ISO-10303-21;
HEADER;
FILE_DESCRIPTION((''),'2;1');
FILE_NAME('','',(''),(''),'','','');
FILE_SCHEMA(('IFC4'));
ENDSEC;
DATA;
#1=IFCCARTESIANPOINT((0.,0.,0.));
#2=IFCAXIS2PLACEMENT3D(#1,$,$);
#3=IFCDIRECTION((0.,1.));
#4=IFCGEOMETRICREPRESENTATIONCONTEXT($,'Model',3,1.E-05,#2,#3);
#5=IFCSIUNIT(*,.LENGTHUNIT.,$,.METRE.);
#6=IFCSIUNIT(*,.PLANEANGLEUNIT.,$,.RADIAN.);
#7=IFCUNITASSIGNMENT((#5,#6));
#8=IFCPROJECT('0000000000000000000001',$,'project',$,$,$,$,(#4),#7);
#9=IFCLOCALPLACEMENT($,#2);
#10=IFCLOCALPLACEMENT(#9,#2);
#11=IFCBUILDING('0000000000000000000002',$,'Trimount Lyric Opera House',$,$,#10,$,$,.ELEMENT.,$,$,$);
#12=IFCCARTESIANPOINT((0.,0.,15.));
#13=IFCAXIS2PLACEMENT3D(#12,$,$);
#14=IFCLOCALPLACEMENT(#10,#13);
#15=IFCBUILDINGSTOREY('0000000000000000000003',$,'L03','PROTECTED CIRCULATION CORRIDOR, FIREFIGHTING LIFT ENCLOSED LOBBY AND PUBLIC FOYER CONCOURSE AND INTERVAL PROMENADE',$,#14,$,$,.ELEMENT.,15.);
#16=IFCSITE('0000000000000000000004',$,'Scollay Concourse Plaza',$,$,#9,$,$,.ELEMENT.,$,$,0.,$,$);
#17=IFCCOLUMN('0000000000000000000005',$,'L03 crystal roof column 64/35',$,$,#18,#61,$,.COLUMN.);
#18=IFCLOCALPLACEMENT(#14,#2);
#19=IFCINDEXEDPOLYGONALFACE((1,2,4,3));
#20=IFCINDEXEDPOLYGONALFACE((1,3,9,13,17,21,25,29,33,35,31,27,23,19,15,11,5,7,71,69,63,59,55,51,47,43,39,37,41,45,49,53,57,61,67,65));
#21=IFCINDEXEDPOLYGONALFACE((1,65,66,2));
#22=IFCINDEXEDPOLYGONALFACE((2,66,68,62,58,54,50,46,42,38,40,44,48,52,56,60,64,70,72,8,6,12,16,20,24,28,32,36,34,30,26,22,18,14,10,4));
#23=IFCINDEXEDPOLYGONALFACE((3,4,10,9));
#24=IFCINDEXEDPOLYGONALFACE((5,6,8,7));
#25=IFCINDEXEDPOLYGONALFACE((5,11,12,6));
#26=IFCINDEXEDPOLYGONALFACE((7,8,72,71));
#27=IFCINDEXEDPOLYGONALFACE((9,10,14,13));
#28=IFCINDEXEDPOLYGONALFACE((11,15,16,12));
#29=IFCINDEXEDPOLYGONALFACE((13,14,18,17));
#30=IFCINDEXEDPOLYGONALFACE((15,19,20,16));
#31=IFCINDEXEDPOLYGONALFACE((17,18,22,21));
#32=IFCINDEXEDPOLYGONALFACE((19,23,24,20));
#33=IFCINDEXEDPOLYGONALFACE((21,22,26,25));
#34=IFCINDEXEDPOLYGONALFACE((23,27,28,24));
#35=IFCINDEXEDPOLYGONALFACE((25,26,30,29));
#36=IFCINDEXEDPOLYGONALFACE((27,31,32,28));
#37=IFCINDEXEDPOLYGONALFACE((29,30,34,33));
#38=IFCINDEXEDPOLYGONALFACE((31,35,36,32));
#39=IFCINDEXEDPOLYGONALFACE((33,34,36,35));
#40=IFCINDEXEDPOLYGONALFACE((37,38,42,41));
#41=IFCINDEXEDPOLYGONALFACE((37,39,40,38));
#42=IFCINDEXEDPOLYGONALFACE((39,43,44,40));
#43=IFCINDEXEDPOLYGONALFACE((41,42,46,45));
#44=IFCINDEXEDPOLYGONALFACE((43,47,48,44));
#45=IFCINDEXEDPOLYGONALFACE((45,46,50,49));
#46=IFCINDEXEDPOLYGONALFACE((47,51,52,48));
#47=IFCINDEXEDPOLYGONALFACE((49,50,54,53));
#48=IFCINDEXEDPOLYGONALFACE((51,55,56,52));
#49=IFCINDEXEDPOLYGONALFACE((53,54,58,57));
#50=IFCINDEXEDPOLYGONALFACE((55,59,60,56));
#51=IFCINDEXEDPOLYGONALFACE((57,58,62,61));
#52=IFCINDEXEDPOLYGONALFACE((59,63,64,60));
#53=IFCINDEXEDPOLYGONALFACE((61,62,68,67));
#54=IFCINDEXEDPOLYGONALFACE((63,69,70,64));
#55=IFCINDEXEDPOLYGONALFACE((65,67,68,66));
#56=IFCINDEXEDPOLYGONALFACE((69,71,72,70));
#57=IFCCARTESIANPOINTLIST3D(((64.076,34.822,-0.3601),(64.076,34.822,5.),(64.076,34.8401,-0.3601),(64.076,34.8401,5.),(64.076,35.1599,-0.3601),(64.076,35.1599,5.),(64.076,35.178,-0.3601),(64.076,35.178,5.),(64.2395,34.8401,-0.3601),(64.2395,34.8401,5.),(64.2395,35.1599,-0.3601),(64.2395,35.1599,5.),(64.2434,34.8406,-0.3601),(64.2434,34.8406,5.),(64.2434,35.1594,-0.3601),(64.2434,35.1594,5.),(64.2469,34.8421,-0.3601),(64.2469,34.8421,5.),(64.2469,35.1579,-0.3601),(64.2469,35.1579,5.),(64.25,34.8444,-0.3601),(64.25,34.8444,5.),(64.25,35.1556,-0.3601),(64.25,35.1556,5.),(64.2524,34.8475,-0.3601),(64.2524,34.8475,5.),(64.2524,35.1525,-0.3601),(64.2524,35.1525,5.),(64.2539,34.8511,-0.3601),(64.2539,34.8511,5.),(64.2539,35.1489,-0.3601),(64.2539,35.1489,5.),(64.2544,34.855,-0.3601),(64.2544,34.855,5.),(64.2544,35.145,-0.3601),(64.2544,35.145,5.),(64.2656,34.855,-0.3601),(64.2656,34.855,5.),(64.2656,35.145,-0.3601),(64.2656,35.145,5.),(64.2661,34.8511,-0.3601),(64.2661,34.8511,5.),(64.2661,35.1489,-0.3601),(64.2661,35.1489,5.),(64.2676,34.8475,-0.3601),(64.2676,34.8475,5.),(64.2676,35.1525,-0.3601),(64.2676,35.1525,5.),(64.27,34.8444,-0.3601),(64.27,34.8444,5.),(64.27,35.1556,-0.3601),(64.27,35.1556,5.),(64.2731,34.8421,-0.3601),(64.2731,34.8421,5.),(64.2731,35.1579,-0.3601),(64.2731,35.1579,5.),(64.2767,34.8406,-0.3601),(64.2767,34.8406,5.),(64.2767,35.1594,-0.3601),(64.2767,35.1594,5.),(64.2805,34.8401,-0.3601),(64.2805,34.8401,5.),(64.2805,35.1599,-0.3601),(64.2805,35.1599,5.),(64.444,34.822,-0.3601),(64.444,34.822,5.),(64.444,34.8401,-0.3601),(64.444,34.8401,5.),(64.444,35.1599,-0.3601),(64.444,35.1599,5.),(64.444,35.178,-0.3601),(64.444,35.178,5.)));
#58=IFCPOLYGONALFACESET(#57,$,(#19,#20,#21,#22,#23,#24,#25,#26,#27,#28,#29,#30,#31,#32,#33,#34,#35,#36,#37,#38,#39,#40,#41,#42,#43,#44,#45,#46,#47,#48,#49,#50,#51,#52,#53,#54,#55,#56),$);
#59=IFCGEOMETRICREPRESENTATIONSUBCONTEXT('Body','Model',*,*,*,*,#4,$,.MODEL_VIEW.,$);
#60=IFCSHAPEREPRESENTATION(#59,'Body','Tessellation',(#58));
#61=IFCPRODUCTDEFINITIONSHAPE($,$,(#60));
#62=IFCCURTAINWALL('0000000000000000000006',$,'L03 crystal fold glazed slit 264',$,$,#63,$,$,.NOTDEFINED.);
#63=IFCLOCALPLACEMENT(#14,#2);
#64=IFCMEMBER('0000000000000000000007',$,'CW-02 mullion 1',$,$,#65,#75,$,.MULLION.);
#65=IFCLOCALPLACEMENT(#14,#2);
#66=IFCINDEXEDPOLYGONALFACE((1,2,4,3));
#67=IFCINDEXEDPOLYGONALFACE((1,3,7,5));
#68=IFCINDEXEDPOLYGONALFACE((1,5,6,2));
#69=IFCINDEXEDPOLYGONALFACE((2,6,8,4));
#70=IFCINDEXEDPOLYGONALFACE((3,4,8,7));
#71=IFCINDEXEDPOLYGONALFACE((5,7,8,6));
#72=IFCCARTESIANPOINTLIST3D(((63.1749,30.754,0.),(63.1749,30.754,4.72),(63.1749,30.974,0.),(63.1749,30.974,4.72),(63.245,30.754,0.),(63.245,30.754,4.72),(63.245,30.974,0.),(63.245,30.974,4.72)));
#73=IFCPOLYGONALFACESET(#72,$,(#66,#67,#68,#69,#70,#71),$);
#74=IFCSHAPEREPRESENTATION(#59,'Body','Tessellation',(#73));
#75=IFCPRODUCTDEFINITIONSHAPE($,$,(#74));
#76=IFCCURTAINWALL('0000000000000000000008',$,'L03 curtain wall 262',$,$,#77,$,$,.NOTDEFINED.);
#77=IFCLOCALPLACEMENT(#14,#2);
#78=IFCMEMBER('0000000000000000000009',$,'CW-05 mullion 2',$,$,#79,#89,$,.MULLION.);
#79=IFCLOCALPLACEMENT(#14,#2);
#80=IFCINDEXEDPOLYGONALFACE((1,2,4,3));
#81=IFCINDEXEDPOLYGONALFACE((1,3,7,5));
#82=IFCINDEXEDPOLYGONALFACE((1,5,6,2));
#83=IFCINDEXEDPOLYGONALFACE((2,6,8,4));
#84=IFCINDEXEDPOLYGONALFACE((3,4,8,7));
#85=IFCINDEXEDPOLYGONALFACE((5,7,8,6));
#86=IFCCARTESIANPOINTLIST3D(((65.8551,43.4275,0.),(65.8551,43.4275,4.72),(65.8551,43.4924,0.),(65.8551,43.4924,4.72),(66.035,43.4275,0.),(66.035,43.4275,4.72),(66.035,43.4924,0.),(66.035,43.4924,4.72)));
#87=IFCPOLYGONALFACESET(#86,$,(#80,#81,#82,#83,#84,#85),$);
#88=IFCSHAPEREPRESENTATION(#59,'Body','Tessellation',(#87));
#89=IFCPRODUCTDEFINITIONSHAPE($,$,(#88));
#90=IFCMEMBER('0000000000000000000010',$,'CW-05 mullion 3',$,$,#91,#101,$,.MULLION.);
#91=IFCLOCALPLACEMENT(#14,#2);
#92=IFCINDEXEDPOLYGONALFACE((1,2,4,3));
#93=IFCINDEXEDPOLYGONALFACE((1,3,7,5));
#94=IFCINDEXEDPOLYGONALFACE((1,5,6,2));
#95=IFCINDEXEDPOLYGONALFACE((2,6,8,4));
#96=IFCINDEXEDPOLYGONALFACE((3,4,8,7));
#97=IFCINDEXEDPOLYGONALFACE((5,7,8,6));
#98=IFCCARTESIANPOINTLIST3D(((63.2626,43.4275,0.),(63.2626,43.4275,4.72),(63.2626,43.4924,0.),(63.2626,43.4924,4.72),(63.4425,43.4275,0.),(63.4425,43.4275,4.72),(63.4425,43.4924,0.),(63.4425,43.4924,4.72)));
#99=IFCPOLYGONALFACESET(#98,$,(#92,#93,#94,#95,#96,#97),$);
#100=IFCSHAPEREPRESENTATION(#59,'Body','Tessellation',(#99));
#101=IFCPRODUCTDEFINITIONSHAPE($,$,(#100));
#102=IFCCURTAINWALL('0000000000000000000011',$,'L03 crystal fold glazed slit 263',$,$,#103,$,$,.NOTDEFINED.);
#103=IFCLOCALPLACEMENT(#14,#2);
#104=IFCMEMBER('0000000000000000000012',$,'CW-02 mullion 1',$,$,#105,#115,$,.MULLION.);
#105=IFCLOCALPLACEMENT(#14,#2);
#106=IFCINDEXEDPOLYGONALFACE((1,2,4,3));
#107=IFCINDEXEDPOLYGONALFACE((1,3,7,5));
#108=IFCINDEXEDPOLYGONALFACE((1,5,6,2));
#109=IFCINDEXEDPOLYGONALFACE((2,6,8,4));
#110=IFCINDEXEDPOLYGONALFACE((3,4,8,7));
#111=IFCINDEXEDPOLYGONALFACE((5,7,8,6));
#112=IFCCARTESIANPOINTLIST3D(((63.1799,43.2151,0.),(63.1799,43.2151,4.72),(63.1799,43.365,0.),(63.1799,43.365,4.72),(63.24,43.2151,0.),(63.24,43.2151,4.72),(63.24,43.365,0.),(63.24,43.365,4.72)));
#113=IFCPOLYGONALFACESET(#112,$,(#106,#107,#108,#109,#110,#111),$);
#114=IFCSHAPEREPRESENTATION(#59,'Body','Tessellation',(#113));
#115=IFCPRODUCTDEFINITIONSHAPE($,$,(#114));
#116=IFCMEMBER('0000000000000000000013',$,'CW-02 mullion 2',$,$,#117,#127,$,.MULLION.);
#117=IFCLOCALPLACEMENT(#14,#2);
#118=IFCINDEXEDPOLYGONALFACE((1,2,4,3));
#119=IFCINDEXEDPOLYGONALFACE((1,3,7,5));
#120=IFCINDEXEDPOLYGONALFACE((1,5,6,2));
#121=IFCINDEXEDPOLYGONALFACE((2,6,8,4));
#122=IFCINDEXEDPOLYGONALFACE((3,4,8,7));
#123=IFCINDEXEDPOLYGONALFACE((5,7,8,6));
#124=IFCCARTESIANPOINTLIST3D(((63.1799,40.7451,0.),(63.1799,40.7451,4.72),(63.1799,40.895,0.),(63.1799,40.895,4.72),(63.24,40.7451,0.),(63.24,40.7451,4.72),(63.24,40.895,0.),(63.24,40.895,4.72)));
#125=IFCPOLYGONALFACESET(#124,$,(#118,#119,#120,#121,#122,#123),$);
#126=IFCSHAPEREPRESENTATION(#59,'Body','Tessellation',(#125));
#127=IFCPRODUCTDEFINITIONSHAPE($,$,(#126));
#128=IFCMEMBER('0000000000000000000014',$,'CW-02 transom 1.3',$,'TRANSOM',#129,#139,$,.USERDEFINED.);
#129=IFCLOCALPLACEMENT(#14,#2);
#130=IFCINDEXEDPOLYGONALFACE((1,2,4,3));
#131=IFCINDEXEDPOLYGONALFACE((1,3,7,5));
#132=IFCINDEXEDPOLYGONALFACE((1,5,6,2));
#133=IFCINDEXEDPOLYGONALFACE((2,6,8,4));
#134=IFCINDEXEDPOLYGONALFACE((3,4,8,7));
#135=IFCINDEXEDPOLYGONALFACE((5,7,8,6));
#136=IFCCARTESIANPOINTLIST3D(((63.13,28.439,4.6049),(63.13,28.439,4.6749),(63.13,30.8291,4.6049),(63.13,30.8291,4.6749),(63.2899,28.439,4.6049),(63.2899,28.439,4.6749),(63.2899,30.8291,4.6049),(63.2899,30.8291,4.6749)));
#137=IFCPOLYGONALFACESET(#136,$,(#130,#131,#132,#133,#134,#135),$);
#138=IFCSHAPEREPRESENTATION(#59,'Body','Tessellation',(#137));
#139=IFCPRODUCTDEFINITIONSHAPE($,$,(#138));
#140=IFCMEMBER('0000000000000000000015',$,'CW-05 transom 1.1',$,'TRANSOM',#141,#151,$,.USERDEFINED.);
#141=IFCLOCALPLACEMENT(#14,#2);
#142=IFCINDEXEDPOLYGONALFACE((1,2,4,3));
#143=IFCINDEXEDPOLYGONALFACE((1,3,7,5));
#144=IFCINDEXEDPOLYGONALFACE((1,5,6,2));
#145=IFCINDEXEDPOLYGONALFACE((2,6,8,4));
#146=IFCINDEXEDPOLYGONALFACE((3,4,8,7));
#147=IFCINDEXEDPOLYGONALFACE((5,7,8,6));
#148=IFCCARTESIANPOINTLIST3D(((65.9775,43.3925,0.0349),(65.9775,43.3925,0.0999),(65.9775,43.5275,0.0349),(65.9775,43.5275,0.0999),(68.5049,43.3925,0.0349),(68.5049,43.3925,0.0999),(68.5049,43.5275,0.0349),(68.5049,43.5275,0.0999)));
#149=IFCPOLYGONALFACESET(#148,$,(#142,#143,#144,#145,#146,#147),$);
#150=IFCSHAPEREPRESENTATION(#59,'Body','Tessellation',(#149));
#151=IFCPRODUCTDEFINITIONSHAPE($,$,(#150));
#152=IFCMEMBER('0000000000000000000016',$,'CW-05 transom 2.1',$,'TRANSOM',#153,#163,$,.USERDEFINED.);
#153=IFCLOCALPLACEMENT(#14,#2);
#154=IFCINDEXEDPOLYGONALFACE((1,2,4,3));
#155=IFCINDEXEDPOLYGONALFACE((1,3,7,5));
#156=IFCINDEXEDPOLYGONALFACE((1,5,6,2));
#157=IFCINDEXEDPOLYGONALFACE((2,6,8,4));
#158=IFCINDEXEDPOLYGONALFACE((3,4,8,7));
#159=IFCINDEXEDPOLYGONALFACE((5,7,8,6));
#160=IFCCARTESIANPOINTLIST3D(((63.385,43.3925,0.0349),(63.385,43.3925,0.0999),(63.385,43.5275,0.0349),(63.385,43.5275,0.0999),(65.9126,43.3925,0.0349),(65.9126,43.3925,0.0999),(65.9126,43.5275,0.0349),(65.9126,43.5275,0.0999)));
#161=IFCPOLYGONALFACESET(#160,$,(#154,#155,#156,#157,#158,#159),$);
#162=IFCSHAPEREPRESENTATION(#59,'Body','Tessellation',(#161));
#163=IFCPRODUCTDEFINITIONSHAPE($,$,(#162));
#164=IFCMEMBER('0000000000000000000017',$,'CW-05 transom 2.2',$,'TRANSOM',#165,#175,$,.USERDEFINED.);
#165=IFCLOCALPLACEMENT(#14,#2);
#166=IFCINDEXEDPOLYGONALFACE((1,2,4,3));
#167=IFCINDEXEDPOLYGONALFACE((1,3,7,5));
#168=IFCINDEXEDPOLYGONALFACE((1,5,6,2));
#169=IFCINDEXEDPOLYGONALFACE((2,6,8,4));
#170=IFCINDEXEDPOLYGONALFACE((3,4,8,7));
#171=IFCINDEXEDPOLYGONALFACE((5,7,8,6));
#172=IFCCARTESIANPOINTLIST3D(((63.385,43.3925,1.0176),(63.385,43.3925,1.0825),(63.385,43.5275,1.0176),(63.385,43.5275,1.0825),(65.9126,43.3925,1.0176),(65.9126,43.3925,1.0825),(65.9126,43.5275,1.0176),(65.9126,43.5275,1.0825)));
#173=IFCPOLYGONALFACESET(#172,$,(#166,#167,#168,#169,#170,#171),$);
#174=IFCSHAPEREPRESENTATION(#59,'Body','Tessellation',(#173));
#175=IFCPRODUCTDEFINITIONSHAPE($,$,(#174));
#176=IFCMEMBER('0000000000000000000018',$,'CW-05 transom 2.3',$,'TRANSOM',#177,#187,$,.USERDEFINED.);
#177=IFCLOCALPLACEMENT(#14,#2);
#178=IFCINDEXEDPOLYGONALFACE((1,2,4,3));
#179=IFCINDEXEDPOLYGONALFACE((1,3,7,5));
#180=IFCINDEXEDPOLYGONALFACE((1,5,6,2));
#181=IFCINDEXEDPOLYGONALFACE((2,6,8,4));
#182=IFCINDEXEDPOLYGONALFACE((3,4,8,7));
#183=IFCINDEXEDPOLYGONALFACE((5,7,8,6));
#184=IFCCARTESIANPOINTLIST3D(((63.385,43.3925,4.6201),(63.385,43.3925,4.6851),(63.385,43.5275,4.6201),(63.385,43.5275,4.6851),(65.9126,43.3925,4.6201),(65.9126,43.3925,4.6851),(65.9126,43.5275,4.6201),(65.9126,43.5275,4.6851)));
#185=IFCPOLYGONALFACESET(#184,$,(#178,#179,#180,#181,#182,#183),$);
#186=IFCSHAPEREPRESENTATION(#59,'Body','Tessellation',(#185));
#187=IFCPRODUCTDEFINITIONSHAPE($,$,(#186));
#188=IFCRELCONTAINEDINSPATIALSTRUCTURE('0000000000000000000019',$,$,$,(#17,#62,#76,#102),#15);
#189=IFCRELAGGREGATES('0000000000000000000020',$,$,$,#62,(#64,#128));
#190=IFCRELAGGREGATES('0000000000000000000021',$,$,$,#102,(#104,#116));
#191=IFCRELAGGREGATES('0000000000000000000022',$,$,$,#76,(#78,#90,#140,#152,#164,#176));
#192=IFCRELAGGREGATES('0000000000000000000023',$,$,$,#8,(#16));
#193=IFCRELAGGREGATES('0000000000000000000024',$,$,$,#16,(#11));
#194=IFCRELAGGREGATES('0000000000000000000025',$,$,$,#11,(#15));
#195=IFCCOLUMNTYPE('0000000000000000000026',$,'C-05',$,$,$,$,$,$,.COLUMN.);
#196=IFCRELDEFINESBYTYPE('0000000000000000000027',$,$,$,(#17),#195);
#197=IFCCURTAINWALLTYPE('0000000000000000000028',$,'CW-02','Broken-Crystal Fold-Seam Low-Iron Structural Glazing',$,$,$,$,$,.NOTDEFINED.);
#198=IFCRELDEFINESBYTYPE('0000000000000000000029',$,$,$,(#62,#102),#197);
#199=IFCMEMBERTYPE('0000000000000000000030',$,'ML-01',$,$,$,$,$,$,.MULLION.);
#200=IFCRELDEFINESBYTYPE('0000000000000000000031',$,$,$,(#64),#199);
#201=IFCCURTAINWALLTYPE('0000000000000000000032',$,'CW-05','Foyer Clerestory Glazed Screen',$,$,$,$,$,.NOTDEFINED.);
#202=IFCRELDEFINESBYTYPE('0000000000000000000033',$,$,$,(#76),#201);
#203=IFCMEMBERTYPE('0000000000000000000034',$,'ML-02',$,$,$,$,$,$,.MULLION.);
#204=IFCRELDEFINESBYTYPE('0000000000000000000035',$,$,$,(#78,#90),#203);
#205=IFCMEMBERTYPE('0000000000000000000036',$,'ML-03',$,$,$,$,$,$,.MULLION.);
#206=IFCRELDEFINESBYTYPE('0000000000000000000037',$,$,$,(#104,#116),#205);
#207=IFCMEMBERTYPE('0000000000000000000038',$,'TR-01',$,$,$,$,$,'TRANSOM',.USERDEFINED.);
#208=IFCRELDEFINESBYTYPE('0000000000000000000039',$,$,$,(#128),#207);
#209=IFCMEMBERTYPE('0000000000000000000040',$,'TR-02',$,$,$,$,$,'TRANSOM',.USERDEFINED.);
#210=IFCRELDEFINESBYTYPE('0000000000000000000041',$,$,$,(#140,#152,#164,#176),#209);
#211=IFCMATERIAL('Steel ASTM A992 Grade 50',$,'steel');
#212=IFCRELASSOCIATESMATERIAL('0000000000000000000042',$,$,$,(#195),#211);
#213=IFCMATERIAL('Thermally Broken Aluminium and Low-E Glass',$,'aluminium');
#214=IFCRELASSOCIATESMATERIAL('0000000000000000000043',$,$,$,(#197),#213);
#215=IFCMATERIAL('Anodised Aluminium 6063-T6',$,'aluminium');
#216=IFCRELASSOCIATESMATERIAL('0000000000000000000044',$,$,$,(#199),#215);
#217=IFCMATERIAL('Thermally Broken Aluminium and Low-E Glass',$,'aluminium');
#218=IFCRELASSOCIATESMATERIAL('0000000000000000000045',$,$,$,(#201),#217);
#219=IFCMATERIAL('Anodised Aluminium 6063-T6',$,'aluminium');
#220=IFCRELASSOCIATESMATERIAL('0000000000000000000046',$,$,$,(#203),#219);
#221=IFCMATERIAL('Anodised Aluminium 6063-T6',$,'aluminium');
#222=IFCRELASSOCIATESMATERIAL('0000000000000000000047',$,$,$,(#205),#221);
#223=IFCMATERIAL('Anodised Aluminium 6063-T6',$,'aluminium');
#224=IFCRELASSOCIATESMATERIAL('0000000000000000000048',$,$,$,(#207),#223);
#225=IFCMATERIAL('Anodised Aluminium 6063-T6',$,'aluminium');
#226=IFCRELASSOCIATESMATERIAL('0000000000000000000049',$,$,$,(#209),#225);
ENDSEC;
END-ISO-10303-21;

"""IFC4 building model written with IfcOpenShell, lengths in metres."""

from ifc_helpers import new_model, si_unit, direction, frame, origin, origin_2d, place, context, subcontext, project, spatial, rectangle, i_section, extrude, material, material_profile, profile_set, type_object, element, aggregate, save


model = new_model("IFC4")

# Units and contexts
model_context = context("Model", 3, precision=1e-05, world=origin(), true_north=direction((0.0, 1.0)))
body_context = subcontext(model_context, "Body", "Model", "MODEL_VIEW")
ifc_project = project(units=[si_unit("LENGTHUNIT", "METRE"), si_unit("PLANEANGLEUNIT", "RADIAN")], contexts=[model_context])

# Site, building, storey
site_placement = place(None, origin())
site = spatial("IfcSite", under=ifc_project, at=site_placement, Name="Scollay Concourse Plaza", CompositionType="ELEMENT", RefElevation=0.0)
building_placement = place(site_placement, origin())
building = spatial("IfcBuilding", under=site, at=building_placement, Name="Trimount Lyric Opera House", CompositionType="ELEMENT")
storey_placement = place(building_placement, frame((0.0, 0.0, 15.0)))
storey = spatial("IfcBuildingStorey", under=building, at=storey_placement, Name="L03", Description="PROTECTED CIRCULATION CORRIDOR, FIREFIGHTING LIFT ENCLOSED LOBBY AND PUBLIC FOYER CONCOURSE AND INTERVAL PROMENADE", CompositionType="ELEMENT", Elevation=15.0)

# Column
ifc_material_1 = material(Name="Steel ASTM A992 Grade 50", Category="steel")
ifc_material_profile_1 = material_profile(ifc_material_1, i_section(OverallWidth=0.3679, OverallDepth=0.356, WebThickness=0.0112, FlangeThickness=0.0181, FilletRadius=0.0149, at=origin_2d()), Name="W14X90")
ifc_profile_set_1 = profile_set([ifc_material_profile_1], Name="Steel ASTM A992 Grade 50")
column_type = type_object("IfcColumnType", Name="C-05", PredefinedType="COLUMN", material=ifc_profile_set_1)
column_placement = place(storey_placement, frame((64.26, 35.0, -0.3601), z_axis=(0.0, 0.0, 1.0), x_axis=(1.0, 0.0, 0.0)))
element("IfcColumn", 1, at=column_placement, inside=storey, type_object=column_type, Name="L03 crystal roof column 64/35", PredefinedType="COLUMN", context=body_context, shape_type="SweptSolid", body=[
    extrude(i_section(OverallWidth=0.3679, OverallDepth=0.356, WebThickness=0.0112, FlangeThickness=0.0181, FilletRadius=0.0149, at=origin_2d()), origin(), (0.0, 0.0, 1.0), 5.3601),
])

# Curtain wall, member
ifc_material_2 = material(Name="Thermally Broken Aluminium and Low-E Glass", Category="aluminium")
curtain_wall_type_1 = type_object("IfcCurtainWallType", Name="CW-02", Description="Broken-Crystal Fold-Seam Low-Iron Structural Glazing", PredefinedType="NOTDEFINED", material=ifc_material_2)
curtain_wall_1_placement = place(storey_placement, origin())
curtain_wall_1 = element("IfcCurtainWall", 2, at=curtain_wall_1_placement, inside=storey, type_object=curtain_wall_type_1, Name="L03 crystal fold glazed slit 264", PredefinedType="NOTDEFINED")
ifc_material_3 = material(Name="Anodised Aluminium 6063-T6", Category="aluminium")
ifc_material_profile_2 = material_profile(ifc_material_3, rectangle(XDim=0.0701, YDim=0.22, at=origin_2d()), Name="ALU-MULL-70X220")
ifc_profile_set_2 = profile_set([ifc_material_profile_2], Name="Anodised Aluminium 6063-T6")
member_type_1 = type_object("IfcMemberType", Name="ML-01", PredefinedType="MULLION", material=ifc_profile_set_2)
member_1_placement = place(storey_placement, frame((63.21, 30.864, 0.0), z_axis=(0.0, 0.0, 1.0), x_axis=(1.0, 0.0, 0.0)))
member_1 = element("IfcMember", 3, at=member_1_placement, type_object=member_type_1, Name="CW-02 mullion 1", PredefinedType="MULLION", context=body_context, shape_type="SweptSolid", body=[
    extrude(rectangle(XDim=0.0701, YDim=0.22, at=origin_2d()), origin(), (0.0, 0.0, 1.0), 4.72),
])

# Curtain walls, members
ifc_material_4 = material(Name="Thermally Broken Aluminium and Low-E Glass", Category="aluminium")
curtain_wall_type_2 = type_object("IfcCurtainWallType", Name="CW-05", Description="Foyer Clerestory Glazed Screen", PredefinedType="NOTDEFINED", material=ifc_material_4)
curtain_wall_2_placement = place(storey_placement, origin())
curtain_wall_2 = element("IfcCurtainWall", 4, at=curtain_wall_2_placement, inside=storey, type_object=curtain_wall_type_2, Name="L03 curtain wall 262", PredefinedType="NOTDEFINED")
ifc_material_5 = material(Name="Anodised Aluminium 6063-T6", Category="aluminium")
ifc_material_profile_3 = material_profile(ifc_material_5, rectangle(XDim=0.0649, YDim=0.1799, at=origin_2d()), Name="ALU-MULL-65X180")
ifc_profile_set_3 = profile_set([ifc_material_profile_3], Name="Anodised Aluminium 6063-T6")
member_type_2 = type_object("IfcMemberType", Name="ML-02", PredefinedType="MULLION", material=ifc_profile_set_3)
member_2_placement = place(storey_placement, frame((65.9451, 43.46, 0.0), z_axis=(0.0, 0.0, 1.0), x_axis=(0.0, -1.0, 0.0)))
member_2 = element("IfcMember", 5, at=member_2_placement, type_object=member_type_2, Name="CW-05 mullion 2", PredefinedType="MULLION", context=body_context, shape_type="SweptSolid", body=[
    extrude(rectangle(XDim=0.0649, YDim=0.1799, at=origin_2d()), origin(), (0.0, 0.0, 1.0), 4.72),
])
member_3_placement = place(storey_placement, frame((63.3525, 43.46, 0.0), z_axis=(0.0, 0.0, 1.0), x_axis=(0.0, -1.0, 0.0)))
member_3 = element("IfcMember", 6, at=member_3_placement, type_object=member_type_2, Name="CW-05 mullion 3", PredefinedType="MULLION", context=body_context, shape_type="SweptSolid", body=[
    extrude(rectangle(XDim=0.0649, YDim=0.1799, at=origin_2d()), origin(), (0.0, 0.0, 1.0), 4.72),
])
curtain_wall_3_placement = place(storey_placement, origin())
curtain_wall_3 = element("IfcCurtainWall", 7, at=curtain_wall_3_placement, inside=storey, type_object=curtain_wall_type_1, Name="L03 crystal fold glazed slit 263", PredefinedType="NOTDEFINED")
ifc_material_6 = material(Name="Anodised Aluminium 6063-T6", Category="aluminium")
ifc_material_profile_4 = material_profile(ifc_material_6, rectangle(XDim=0.0601, YDim=0.1499, at=origin_2d()), Name="ALU-MULL-60X150")
ifc_profile_set_4 = profile_set([ifc_material_profile_4], Name="Anodised Aluminium 6063-T6")
member_type_3 = type_object("IfcMemberType", Name="ML-03", PredefinedType="MULLION", material=ifc_profile_set_4)
member_4_placement = place(storey_placement, frame((63.21, 43.29, 0.0), z_axis=(0.0, 0.0, 1.0), x_axis=(1.0, 0.0, 0.0)))
member_4 = element("IfcMember", 8, at=member_4_placement, type_object=member_type_3, Name="CW-02 mullion 1", PredefinedType="MULLION", context=body_context, shape_type="SweptSolid", body=[
    extrude(rectangle(XDim=0.0601, YDim=0.1499, at=origin_2d()), origin(), (0.0, 0.0, 1.0), 4.72),
])
member_5_placement = place(storey_placement, frame((63.21, 40.8201, 0.0), z_axis=(0.0, 0.0, 1.0), x_axis=(1.0, 0.0, 0.0)))
member_5 = element("IfcMember", 9, at=member_5_placement, type_object=member_type_3, Name="CW-02 mullion 2", PredefinedType="MULLION", context=body_context, shape_type="SweptSolid", body=[
    extrude(rectangle(XDim=0.0601, YDim=0.1499, at=origin_2d()), origin(), (0.0, 0.0, 1.0), 4.72),
])

# Members
ifc_material_7 = material(Name="Anodised Aluminium 6063-T6", Category="aluminium")
ifc_material_profile_5 = material_profile(ifc_material_7, rectangle(XDim=0.1599, YDim=0.0701, at=origin_2d()), Name="ALU-TRAN-70X160")
ifc_profile_set_5 = profile_set([ifc_material_profile_5], Name="Anodised Aluminium 6063-T6")
member_type_4 = type_object("IfcMemberType", Name="TR-01", ElementType="TRANSOM", PredefinedType="USERDEFINED", material=ifc_profile_set_5)
member_6_placement = place(storey_placement, frame((63.21, 30.8291, 4.6399), z_axis=(0.0, -1.0, 0.0), x_axis=(1.0, 0.0, 0.0)))
member_6 = element("IfcMember", 10, at=member_6_placement, type_object=member_type_4, Name="CW-02 transom 1.3", ObjectType="TRANSOM", PredefinedType="USERDEFINED", context=body_context, shape_type="SweptSolid", body=[
    extrude(rectangle(XDim=0.1599, YDim=0.0701, at=origin_2d()), origin(), (0.0, 0.0, 1.0), 2.3901),
])
aggregate(curtain_wall_1, [member_1, member_6])
ifc_material_8 = material(Name="Anodised Aluminium 6063-T6", Category="aluminium")
ifc_material_profile_6 = material_profile(ifc_material_8, rectangle(XDim=0.135, YDim=0.0649, at=origin_2d()), Name="ALU-TRAN-65X135")
ifc_profile_set_6 = profile_set([ifc_material_profile_6], Name="Anodised Aluminium 6063-T6")
member_type_5 = type_object("IfcMemberType", Name="TR-02", ElementType="TRANSOM", PredefinedType="USERDEFINED", material=ifc_profile_set_6)
member_7_placement = place(storey_placement, frame((68.5049, 43.46, 0.0674), z_axis=(-1.0, 0.0, 0.0), x_axis=(0.0, -1.0, 0.0)))
member_7 = element("IfcMember", 11, at=member_7_placement, type_object=member_type_5, Name="CW-05 transom 1.1", ObjectType="TRANSOM", PredefinedType="USERDEFINED", context=body_context, shape_type="SweptSolid", body=[
    extrude(rectangle(XDim=0.135, YDim=0.0649, at=origin_2d()), origin(), (0.0, 0.0, 1.0), 2.5273),
])
member_8_placement = place(storey_placement, frame((65.9126, 43.46, 0.0674), z_axis=(-1.0, 0.0, 0.0), x_axis=(0.0, -1.0, 0.0)))
member_8 = element("IfcMember", 12, at=member_8_placement, type_object=member_type_5, Name="CW-05 transom 2.1", ObjectType="TRANSOM", PredefinedType="USERDEFINED", context=body_context, shape_type="SweptSolid", body=[
    extrude(rectangle(XDim=0.135, YDim=0.0649, at=origin_2d()), origin(), (0.0, 0.0, 1.0), 2.5276),
])
member_9_placement = place(storey_placement, frame((65.9126, 43.46, 1.05), z_axis=(-1.0, 0.0, 0.0), x_axis=(0.0, -1.0, 0.0)))
member_9 = element("IfcMember", 13, at=member_9_placement, type_object=member_type_5, Name="CW-05 transom 2.2", ObjectType="TRANSOM", PredefinedType="USERDEFINED", context=body_context, shape_type="SweptSolid", body=[
    extrude(rectangle(XDim=0.135, YDim=0.0649, at=origin_2d()), origin(), (0.0, 0.0, 1.0), 2.5276),
])
member_10_placement = place(storey_placement, frame((65.9126, 43.46, 4.6526), z_axis=(-1.0, 0.0, 0.0), x_axis=(0.0, -1.0, 0.0)))
member_10 = element("IfcMember", 14, at=member_10_placement, type_object=member_type_5, Name="CW-05 transom 2.3", ObjectType="TRANSOM", PredefinedType="USERDEFINED", context=body_context, shape_type="SweptSolid", body=[
    extrude(rectangle(XDim=0.135, YDim=0.0649, at=origin_2d()), origin(), (0.0, 0.0, 1.0), 2.5276),
])

aggregate(curtain_wall_3, [member_4, member_5])
aggregate(curtain_wall_2, [member_2, member_3, member_7, member_8, member_9, member_10])

save(model, "model.ifc")
